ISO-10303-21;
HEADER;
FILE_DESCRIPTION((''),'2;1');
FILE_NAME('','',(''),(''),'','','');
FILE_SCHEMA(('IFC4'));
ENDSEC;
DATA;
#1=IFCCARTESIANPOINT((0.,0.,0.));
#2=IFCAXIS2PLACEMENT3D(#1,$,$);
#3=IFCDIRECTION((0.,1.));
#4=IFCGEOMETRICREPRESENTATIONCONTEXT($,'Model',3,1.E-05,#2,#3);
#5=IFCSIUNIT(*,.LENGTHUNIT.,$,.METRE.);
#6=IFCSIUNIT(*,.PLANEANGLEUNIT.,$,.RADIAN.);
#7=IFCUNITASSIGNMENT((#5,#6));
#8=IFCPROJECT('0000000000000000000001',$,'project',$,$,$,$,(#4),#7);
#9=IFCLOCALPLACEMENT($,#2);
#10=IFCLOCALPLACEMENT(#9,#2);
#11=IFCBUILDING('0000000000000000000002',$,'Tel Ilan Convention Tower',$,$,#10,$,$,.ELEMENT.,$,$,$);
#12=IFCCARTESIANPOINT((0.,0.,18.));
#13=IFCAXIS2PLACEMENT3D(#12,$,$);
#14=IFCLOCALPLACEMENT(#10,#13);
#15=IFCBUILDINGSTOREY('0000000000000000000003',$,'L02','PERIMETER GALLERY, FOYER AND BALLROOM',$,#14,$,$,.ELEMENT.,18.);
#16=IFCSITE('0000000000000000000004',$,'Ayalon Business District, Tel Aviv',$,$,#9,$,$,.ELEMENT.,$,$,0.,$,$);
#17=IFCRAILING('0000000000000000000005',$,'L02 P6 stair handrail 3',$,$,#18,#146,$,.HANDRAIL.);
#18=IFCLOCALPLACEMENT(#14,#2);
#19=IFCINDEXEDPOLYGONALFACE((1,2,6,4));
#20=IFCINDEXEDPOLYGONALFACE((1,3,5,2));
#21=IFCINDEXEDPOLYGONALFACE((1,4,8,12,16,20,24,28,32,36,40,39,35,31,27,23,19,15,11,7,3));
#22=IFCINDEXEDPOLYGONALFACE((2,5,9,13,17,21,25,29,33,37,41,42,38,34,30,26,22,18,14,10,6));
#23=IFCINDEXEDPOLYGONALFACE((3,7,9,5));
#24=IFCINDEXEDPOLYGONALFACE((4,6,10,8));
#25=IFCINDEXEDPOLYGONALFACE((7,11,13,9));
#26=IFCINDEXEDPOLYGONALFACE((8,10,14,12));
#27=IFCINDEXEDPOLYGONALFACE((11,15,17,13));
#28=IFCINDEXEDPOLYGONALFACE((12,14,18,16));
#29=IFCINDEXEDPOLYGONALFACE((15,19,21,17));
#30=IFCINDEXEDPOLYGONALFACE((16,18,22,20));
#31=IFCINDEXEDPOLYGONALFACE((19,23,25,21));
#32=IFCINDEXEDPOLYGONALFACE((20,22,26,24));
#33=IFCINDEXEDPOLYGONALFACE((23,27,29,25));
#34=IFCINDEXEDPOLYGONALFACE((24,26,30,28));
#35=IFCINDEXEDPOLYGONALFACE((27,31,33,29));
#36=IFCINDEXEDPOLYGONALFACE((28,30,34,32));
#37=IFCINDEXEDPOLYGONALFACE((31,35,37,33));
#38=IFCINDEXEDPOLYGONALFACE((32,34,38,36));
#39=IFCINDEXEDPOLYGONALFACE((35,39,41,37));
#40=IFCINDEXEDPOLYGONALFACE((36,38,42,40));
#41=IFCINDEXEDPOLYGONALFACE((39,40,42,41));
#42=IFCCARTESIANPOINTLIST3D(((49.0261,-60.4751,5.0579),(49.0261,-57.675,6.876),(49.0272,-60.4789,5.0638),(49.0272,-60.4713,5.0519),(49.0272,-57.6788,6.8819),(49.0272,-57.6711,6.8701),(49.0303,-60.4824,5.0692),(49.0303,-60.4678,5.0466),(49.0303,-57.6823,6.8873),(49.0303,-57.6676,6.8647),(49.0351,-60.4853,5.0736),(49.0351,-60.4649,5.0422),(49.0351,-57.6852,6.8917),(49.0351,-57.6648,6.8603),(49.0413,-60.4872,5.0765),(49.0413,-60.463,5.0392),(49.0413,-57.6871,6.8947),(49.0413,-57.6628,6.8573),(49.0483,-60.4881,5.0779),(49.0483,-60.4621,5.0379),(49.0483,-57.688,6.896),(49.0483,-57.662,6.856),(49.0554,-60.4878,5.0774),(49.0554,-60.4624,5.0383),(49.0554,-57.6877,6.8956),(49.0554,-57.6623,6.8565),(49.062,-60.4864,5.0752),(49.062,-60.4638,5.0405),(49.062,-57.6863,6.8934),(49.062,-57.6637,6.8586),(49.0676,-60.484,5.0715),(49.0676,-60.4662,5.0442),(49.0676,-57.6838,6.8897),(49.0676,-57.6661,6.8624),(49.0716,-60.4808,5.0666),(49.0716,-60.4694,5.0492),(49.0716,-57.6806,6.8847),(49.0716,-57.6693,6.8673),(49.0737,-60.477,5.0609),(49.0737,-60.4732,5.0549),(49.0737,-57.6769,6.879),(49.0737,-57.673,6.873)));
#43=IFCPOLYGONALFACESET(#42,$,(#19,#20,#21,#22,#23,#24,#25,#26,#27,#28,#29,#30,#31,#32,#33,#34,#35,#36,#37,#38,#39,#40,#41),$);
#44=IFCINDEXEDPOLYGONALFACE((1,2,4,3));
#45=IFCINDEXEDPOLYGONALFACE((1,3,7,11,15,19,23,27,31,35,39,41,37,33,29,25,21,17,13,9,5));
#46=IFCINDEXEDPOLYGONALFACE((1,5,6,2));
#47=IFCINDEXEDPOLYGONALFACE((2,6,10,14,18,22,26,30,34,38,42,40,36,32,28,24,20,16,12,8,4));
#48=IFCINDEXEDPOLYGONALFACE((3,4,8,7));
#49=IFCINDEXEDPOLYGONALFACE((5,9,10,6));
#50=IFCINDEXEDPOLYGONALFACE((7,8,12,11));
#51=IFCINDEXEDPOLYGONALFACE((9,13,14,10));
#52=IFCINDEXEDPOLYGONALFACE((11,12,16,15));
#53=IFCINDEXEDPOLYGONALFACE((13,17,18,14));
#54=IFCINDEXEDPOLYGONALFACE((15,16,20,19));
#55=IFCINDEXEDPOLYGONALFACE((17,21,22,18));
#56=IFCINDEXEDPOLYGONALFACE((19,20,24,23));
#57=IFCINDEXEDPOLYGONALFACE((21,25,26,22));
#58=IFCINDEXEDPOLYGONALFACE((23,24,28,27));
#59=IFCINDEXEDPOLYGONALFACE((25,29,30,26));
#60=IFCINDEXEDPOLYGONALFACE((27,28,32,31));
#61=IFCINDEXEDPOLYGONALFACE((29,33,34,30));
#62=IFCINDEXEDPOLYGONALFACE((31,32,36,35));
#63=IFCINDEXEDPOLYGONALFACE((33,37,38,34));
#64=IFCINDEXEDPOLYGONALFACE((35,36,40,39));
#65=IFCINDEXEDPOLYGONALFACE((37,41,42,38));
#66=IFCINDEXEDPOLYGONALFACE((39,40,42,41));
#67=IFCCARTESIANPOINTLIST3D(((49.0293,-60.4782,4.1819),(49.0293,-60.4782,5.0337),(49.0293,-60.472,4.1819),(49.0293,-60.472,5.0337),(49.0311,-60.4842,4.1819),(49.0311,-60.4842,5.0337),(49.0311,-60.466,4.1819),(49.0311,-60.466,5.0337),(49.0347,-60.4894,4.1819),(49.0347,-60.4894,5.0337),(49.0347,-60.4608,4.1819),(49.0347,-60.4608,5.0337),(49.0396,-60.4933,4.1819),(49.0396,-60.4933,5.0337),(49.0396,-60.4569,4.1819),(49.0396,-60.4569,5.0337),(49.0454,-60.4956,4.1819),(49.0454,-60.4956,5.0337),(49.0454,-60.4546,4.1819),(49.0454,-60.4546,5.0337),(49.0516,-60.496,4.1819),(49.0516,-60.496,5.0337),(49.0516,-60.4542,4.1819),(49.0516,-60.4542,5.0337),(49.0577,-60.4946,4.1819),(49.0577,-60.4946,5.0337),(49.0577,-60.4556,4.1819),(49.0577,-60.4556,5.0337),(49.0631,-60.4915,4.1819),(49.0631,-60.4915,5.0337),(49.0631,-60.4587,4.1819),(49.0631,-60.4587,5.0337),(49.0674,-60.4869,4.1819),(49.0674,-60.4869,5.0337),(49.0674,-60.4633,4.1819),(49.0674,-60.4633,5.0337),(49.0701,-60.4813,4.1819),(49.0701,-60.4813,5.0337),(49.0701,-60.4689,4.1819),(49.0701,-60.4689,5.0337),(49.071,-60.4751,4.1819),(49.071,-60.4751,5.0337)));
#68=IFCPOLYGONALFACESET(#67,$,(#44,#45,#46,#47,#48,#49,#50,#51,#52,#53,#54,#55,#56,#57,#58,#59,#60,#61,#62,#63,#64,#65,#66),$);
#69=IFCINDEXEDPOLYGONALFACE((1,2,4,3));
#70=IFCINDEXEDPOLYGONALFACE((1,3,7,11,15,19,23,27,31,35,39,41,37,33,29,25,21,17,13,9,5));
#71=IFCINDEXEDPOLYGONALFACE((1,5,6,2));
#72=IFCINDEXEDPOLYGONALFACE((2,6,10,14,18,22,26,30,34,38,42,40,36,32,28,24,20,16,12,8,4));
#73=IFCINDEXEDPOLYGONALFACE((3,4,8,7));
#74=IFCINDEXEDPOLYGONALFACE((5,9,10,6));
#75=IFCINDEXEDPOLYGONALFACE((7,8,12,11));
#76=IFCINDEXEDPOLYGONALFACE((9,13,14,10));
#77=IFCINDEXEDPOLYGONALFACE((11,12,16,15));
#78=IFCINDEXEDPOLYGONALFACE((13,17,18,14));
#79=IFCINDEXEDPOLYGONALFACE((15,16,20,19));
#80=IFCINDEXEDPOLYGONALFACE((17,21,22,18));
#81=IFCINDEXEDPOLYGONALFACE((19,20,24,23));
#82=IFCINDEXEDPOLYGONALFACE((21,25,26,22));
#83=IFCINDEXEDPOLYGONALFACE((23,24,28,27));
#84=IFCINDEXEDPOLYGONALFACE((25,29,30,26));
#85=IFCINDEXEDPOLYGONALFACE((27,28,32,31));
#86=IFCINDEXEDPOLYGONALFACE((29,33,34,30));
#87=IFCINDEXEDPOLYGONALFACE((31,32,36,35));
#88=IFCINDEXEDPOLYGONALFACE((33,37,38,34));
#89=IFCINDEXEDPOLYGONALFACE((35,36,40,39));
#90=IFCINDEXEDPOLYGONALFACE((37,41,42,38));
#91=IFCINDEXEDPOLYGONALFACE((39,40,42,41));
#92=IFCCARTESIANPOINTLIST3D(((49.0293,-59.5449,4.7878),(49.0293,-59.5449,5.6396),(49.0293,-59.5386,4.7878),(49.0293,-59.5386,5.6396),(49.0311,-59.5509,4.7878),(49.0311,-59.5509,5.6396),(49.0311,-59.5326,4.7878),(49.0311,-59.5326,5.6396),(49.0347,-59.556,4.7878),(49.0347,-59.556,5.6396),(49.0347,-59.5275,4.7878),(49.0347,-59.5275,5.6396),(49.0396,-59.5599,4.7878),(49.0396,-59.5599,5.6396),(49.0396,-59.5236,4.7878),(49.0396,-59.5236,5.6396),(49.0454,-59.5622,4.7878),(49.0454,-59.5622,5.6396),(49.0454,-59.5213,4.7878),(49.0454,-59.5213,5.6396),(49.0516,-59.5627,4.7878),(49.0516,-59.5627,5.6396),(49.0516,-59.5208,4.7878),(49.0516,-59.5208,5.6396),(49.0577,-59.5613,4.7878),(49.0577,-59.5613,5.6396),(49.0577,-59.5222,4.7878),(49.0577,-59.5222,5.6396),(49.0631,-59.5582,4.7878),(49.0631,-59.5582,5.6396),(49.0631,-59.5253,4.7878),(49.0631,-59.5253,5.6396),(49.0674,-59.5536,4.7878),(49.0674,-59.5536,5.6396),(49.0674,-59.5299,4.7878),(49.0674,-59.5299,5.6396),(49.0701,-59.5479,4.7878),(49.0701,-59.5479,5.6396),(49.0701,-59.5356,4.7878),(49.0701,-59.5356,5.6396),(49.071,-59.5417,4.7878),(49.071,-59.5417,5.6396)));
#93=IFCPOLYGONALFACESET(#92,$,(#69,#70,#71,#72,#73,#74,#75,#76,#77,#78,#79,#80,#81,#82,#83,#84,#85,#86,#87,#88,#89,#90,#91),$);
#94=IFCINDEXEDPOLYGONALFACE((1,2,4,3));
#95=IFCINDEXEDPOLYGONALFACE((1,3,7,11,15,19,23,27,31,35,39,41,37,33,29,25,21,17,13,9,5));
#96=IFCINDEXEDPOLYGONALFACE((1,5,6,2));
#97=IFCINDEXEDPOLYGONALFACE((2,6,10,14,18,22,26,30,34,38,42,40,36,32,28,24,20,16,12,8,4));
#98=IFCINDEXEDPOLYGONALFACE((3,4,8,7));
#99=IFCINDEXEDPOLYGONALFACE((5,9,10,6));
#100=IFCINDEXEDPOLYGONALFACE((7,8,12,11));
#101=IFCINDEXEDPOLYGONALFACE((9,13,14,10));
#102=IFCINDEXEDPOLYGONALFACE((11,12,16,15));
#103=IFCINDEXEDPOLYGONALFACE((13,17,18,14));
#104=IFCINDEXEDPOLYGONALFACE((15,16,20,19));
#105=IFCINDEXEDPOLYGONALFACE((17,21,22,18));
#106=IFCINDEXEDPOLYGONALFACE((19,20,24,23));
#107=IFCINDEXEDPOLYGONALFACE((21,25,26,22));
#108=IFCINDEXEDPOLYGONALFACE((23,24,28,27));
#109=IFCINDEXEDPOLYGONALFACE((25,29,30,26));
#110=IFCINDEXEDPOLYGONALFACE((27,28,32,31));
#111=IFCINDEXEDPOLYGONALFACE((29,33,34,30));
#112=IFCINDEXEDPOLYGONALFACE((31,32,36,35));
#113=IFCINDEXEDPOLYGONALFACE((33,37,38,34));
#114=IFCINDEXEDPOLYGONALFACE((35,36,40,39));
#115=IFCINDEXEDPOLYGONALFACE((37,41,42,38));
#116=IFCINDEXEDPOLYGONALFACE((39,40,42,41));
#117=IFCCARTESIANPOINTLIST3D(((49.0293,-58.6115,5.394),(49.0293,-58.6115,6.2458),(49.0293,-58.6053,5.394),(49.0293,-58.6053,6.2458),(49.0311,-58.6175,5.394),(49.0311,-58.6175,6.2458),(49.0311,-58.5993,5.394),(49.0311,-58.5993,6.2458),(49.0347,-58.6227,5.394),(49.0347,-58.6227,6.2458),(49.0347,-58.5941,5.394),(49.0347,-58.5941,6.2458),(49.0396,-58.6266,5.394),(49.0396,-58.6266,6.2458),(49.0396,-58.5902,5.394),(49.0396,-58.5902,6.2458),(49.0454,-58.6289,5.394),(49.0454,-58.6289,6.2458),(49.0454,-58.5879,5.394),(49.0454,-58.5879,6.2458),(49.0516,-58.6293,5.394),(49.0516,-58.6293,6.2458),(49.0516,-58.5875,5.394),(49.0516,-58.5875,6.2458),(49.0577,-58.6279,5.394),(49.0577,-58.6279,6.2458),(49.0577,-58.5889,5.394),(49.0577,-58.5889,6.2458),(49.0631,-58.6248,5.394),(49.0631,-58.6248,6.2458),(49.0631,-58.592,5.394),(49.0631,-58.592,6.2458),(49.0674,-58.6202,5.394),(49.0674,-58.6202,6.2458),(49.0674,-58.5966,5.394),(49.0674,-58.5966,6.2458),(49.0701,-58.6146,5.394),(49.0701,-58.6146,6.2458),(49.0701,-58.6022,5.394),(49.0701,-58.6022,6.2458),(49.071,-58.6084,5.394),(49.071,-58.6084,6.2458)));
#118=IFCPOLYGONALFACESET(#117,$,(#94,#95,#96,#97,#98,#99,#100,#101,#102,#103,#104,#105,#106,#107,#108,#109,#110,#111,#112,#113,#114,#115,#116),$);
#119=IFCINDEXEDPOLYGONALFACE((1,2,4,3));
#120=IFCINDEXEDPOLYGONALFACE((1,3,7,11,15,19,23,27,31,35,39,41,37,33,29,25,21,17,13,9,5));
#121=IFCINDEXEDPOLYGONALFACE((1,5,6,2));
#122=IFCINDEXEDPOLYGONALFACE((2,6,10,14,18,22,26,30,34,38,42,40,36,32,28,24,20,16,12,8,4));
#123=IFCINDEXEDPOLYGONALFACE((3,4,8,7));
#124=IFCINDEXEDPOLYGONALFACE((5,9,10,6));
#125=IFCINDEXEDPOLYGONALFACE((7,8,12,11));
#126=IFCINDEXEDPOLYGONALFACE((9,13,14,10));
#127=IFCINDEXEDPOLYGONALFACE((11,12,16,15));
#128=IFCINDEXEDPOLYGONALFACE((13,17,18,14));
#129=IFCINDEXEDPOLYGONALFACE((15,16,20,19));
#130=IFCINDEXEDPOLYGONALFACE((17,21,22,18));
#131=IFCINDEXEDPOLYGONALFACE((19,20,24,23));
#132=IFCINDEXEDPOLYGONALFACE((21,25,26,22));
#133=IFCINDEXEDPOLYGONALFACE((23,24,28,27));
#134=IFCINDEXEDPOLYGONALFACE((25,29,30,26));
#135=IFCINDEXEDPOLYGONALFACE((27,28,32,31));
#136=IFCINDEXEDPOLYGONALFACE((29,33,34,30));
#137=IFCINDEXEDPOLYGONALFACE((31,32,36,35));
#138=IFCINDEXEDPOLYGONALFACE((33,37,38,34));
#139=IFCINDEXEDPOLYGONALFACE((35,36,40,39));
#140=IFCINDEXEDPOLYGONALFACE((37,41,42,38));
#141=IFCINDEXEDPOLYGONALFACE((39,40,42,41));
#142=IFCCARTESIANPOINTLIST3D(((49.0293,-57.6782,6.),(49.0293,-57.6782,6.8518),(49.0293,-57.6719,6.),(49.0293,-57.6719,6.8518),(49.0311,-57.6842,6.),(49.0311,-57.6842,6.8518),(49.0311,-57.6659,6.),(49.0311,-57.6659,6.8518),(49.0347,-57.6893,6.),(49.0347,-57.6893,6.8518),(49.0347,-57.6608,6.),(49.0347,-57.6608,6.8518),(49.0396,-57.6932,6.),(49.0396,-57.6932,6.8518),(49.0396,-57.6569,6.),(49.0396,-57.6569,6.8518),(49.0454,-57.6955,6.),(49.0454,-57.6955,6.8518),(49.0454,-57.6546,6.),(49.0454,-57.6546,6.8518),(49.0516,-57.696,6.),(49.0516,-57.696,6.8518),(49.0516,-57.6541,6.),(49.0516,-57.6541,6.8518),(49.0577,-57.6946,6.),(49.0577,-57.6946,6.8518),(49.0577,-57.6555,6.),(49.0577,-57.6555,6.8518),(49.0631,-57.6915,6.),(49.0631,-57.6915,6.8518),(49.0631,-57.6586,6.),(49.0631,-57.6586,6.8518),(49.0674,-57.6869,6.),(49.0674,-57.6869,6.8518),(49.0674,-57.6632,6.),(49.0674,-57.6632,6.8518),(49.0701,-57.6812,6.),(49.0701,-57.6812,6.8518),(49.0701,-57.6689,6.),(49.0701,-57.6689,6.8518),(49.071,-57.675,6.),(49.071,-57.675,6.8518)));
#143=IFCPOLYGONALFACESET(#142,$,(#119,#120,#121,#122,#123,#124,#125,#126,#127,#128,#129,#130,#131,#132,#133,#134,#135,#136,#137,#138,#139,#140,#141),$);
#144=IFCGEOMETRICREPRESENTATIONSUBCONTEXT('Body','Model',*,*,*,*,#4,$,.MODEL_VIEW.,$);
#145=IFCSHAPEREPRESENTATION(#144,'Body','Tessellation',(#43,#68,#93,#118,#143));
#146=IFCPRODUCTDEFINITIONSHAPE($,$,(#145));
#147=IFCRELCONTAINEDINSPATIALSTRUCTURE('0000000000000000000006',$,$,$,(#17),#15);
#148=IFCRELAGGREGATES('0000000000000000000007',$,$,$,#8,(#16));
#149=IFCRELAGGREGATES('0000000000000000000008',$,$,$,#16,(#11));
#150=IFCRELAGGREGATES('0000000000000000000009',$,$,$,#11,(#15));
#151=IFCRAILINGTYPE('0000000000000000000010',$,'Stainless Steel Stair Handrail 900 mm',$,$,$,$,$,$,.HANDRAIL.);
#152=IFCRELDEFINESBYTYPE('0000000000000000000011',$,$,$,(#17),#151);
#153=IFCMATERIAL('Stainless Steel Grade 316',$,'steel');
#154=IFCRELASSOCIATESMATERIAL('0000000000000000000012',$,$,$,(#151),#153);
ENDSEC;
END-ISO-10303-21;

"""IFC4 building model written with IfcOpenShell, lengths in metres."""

from ifc_helpers import new_model, si_unit, direction, frame, origin, origin_2d, place, context, subcontext, project, spatial, circle, extrude, material, type_object, element, save


model = new_model("IFC4")

# Units and contexts
model_context = context("Model", 3, precision=1e-05, world=origin(), true_north=direction((0.0, 1.0)))
body_context = subcontext(model_context, "Body", "Model", "MODEL_VIEW")
ifc_project = project(units=[si_unit("LENGTHUNIT", "METRE"), si_unit("PLANEANGLEUNIT", "RADIAN")], contexts=[model_context])

# Site, building, storey
site_placement = place(None, origin())
site = spatial("IfcSite", under=ifc_project, at=site_placement, Name="Ayalon Business District, Tel Aviv", CompositionType="ELEMENT", RefElevation=0.0)
building_placement = place(site_placement, origin())
building = spatial("IfcBuilding", under=site, at=building_placement, Name="Tel Ilan Convention Tower", CompositionType="ELEMENT")
storey_placement = place(building_placement, frame((0.0, 0.0, 18.0)))
storey = spatial("IfcBuildingStorey", under=building, at=storey_placement, Name="L02", Description="PERIMETER GALLERY, FOYER AND BALLROOM", CompositionType="ELEMENT", Elevation=18.0)

# Railing
ifc_material_1 = material(Name="Stainless Steel Grade 316", Category="steel")
railing_type_1 = type_object("IfcRailingType", Name="Stainless Steel Stair Handrail 900 mm", PredefinedType="HANDRAIL", material=ifc_material_1)
railing_1_placement = place(storey_placement, frame((49.05, -60.4751, 4.1819)))
element("IfcRailing", 1, at=railing_1_placement, inside=storey, type_object=railing_type_1, Name="L02 P6 stair handrail 3", PredefinedType="HANDRAIL", context=body_context, shape_type="SweptSolid", body=[
    extrude(circle(Radius=0.0239, at=origin_2d()), frame((0.0, 0.0, 0.876), z_axis=(0.0, 0.838706, 0.544585), x_axis=(-1.0, 0.0, 0.0)), (0.0, 0.0, 1.0), 3.3386),
    extrude(circle(Radius=0.021, at=origin_2d()), origin(), (0.0, 0.0, 1.0), 0.8518),
    extrude(circle(Radius=0.021, at=origin_2d()), frame((0.0, 0.9333, 0.606)), (0.0, 0.0, 1.0), 0.8518),
    extrude(circle(Radius=0.021, at=origin_2d()), frame((0.0, 1.8667, 1.2122)), (0.0, 0.0, 1.0), 0.8518),
    extrude(circle(Radius=0.021, at=origin_2d()), frame((0.0, 2.8, 1.8181)), (0.0, 0.0, 1.0), 0.8518),
])

save(model, "model.ifc")
